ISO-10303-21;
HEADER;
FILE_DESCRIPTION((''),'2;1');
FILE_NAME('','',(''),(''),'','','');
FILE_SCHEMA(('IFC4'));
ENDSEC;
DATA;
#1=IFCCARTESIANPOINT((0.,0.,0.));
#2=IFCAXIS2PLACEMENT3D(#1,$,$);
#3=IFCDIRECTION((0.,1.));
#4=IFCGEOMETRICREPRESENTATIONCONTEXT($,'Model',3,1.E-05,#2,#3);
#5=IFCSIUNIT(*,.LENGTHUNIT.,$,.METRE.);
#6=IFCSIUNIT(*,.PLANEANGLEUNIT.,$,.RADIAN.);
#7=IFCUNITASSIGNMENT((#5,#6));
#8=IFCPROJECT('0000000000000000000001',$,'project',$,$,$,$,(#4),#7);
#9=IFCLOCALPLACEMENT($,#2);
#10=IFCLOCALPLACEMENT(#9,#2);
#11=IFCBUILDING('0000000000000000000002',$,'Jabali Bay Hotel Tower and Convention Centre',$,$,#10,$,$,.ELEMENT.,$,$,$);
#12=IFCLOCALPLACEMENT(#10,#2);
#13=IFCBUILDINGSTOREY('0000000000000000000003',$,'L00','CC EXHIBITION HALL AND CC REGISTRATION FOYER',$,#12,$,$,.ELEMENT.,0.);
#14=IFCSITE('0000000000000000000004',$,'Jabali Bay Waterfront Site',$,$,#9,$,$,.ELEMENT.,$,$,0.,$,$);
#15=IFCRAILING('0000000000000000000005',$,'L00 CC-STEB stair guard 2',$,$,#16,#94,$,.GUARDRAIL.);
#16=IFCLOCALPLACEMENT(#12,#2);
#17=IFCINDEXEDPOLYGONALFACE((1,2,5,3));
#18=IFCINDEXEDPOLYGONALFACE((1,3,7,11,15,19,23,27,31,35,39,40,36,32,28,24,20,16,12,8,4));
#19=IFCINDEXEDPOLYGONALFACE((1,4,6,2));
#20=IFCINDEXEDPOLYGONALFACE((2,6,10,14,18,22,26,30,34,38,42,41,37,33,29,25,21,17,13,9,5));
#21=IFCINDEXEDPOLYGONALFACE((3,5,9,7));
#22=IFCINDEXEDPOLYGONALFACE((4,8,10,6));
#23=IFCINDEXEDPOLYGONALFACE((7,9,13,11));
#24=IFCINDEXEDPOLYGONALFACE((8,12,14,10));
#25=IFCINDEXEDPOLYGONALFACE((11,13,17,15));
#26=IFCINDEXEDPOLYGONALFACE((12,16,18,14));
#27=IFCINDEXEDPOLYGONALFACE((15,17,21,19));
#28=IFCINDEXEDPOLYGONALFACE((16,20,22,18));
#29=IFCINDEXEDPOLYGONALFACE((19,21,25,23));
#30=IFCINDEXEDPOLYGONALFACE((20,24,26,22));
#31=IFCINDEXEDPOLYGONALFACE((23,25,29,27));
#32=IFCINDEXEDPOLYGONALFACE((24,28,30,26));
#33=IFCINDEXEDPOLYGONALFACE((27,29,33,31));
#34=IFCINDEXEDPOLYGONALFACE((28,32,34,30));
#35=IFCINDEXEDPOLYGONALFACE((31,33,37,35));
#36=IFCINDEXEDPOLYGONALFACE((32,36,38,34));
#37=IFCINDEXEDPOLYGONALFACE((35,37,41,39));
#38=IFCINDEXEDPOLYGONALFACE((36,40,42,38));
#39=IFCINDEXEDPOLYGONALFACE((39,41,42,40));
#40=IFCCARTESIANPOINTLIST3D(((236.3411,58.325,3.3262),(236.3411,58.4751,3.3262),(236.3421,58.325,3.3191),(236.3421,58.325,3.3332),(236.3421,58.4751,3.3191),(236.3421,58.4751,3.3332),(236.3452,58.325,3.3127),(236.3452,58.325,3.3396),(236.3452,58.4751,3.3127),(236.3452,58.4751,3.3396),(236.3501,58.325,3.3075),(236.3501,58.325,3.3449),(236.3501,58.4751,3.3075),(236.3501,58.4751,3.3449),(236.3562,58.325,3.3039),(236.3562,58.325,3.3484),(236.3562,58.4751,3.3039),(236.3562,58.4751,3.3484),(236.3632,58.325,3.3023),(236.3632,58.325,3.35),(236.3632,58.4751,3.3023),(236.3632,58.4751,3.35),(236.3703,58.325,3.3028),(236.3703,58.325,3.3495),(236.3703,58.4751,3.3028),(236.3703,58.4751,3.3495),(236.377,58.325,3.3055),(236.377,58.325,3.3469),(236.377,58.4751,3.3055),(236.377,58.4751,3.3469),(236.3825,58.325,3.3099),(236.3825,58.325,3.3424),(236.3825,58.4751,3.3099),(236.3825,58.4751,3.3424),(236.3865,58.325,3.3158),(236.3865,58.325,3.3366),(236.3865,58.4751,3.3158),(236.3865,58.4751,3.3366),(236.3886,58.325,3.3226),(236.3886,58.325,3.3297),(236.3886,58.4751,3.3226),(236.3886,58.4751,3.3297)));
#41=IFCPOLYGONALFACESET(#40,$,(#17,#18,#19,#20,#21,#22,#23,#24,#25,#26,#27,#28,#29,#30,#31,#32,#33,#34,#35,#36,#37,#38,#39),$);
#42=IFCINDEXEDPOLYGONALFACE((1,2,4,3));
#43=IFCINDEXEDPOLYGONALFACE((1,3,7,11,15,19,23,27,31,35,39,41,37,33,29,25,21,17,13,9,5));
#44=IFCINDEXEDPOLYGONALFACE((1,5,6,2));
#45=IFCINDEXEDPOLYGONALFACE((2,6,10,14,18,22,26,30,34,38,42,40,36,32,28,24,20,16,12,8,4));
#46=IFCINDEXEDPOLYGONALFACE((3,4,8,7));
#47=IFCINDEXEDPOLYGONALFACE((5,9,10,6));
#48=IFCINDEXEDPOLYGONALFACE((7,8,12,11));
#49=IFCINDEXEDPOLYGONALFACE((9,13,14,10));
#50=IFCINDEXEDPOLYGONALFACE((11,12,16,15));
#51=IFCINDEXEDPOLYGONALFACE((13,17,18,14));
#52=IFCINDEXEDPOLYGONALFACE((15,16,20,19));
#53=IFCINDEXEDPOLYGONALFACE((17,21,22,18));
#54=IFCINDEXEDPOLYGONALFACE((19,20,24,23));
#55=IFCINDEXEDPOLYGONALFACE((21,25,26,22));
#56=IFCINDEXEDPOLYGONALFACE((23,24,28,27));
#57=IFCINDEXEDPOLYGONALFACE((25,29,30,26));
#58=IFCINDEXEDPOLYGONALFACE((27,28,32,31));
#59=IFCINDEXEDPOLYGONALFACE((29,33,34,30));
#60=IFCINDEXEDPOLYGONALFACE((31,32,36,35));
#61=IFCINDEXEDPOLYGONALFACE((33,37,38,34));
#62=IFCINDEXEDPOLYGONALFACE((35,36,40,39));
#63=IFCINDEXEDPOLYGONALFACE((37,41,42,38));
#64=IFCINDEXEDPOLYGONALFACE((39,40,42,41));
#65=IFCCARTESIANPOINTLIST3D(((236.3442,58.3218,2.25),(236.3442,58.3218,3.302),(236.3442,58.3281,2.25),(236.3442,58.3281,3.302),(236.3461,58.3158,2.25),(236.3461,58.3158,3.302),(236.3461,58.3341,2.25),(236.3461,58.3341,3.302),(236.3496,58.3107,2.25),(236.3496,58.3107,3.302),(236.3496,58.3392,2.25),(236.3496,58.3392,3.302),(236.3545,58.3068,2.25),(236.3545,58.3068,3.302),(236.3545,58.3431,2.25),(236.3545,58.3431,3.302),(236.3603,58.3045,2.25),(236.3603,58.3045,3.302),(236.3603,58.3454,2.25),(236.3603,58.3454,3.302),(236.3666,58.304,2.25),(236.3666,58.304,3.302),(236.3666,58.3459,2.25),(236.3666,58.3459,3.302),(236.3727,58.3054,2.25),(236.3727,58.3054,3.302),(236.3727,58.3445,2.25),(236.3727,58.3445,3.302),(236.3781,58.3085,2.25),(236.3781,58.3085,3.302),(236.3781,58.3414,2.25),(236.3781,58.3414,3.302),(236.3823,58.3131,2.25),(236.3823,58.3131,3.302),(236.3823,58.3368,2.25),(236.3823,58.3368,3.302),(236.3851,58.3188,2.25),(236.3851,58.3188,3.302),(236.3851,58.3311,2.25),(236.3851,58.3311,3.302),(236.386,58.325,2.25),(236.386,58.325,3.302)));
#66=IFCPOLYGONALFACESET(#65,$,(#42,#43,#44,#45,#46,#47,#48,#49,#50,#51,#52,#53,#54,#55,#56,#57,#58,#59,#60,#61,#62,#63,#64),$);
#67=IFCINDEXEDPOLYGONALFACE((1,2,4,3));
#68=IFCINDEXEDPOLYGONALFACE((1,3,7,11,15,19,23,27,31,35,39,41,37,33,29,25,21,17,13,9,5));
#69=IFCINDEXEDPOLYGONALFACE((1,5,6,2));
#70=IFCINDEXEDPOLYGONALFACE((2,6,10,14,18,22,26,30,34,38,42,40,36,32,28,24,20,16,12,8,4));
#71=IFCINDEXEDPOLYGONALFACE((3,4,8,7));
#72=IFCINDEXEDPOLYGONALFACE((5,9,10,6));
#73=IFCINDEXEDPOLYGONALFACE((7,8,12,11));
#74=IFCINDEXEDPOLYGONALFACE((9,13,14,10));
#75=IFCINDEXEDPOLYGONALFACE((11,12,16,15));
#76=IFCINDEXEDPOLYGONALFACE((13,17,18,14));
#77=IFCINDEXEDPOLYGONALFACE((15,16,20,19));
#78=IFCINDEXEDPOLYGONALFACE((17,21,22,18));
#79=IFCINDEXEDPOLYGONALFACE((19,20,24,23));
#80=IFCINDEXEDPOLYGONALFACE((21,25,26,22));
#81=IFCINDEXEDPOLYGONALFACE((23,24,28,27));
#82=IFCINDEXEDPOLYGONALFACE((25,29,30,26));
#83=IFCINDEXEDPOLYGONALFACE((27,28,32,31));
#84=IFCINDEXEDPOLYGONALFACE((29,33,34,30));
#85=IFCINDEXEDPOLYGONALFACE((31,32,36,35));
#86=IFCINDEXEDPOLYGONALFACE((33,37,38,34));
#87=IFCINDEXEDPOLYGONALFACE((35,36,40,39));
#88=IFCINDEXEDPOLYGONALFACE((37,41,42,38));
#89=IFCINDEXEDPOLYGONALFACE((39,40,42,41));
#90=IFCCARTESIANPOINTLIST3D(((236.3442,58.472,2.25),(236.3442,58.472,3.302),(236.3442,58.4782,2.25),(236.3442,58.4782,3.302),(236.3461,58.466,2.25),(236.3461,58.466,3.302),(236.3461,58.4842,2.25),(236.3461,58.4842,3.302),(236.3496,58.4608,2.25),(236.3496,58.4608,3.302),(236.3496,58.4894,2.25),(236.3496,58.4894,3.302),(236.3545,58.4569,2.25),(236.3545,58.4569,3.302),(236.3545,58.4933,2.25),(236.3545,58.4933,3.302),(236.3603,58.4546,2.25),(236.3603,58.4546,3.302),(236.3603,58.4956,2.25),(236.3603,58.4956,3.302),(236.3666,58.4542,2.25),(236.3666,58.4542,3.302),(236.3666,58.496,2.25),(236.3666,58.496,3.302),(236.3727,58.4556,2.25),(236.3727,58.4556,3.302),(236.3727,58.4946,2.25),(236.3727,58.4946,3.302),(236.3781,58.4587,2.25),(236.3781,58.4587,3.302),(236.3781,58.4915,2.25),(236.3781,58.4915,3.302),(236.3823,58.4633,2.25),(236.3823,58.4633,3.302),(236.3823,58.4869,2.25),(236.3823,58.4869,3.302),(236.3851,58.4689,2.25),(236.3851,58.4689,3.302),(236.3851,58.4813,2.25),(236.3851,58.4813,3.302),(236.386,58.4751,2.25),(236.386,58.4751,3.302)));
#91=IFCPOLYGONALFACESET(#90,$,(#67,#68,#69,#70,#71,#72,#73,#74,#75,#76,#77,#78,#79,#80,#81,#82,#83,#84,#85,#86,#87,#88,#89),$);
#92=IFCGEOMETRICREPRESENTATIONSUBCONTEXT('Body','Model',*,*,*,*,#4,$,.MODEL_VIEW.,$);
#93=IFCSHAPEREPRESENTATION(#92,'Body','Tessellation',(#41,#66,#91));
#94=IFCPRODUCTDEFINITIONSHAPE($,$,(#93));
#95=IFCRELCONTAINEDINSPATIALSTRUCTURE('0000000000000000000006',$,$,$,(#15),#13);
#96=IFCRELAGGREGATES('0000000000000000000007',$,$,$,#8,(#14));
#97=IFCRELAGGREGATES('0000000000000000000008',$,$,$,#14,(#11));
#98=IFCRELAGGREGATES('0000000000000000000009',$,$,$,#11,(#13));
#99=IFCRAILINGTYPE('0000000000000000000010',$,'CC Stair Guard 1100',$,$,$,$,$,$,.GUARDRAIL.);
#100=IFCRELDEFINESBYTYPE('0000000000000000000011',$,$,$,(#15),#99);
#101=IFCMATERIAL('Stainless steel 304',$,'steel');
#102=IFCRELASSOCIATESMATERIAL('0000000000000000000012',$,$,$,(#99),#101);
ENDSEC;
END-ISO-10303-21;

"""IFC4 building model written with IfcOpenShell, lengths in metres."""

from ifc_helpers import new_model, si_unit, direction, frame, origin, origin_2d, place, context, subcontext, project, spatial, circle, extrude, material, type_object, element, save


model = new_model("IFC4")

# Units and contexts
model_context = context("Model", 3, precision=1e-05, world=origin(), true_north=direction((0.0, 1.0)))
body_context = subcontext(model_context, "Body", "Model", "MODEL_VIEW")
ifc_project = project(units=[si_unit("LENGTHUNIT", "METRE"), si_unit("PLANEANGLEUNIT", "RADIAN")], contexts=[model_context])

# Site, building, storey
site_placement = place(None, origin())
site = spatial("IfcSite", under=ifc_project, at=site_placement, Name="Jabali Bay Waterfront Site", CompositionType="ELEMENT", RefElevation=0.0)
building_placement = place(site_placement, origin())
building = spatial("IfcBuilding", under=site, at=building_placement, Name="Jabali Bay Hotel Tower and Convention Centre", CompositionType="ELEMENT")
storey_placement = place(building_placement, origin())
storey = spatial("IfcBuildingStorey", under=building, at=storey_placement, Name="L00", Description="CC EXHIBITION HALL AND CC REGISTRATION FOYER", CompositionType="ELEMENT", Elevation=0.0)

# Railing
ifc_material_1 = material(Name="Stainless steel 304", Category="steel")
railing_type_1 = type_object("IfcRailingType", Name="CC Stair Guard 1100", PredefinedType="GUARDRAIL", material=ifc_material_1)
railing_1_placement = place(storey_placement, frame((236.365, 58.325, 2.25)))
element("IfcRailing", 1, at=railing_1_placement, inside=storey, type_object=railing_type_1, Name="L00 CC-STEB stair guard 2", PredefinedType="GUARDRAIL", context=body_context, shape_type="SweptSolid", body=[
    extrude(circle(Radius=0.0239, at=origin_2d()), frame((0.0, 0.0, 1.0762), z_axis=(0.0, 1.0, 0.0), x_axis=(-1.0, 0.0, 0.0)), (0.0, 0.0, 1.0), 0.1501),
    extrude(circle(Radius=0.021, at=origin_2d()), origin(), (0.0, 0.0, 1.0), 1.052),
    extrude(circle(Radius=0.021, at=origin_2d()), frame((0.0, 0.1501, 0.0)), (0.0, 0.0, 1.0), 1.052),
])

save(model, "model.ifc")
